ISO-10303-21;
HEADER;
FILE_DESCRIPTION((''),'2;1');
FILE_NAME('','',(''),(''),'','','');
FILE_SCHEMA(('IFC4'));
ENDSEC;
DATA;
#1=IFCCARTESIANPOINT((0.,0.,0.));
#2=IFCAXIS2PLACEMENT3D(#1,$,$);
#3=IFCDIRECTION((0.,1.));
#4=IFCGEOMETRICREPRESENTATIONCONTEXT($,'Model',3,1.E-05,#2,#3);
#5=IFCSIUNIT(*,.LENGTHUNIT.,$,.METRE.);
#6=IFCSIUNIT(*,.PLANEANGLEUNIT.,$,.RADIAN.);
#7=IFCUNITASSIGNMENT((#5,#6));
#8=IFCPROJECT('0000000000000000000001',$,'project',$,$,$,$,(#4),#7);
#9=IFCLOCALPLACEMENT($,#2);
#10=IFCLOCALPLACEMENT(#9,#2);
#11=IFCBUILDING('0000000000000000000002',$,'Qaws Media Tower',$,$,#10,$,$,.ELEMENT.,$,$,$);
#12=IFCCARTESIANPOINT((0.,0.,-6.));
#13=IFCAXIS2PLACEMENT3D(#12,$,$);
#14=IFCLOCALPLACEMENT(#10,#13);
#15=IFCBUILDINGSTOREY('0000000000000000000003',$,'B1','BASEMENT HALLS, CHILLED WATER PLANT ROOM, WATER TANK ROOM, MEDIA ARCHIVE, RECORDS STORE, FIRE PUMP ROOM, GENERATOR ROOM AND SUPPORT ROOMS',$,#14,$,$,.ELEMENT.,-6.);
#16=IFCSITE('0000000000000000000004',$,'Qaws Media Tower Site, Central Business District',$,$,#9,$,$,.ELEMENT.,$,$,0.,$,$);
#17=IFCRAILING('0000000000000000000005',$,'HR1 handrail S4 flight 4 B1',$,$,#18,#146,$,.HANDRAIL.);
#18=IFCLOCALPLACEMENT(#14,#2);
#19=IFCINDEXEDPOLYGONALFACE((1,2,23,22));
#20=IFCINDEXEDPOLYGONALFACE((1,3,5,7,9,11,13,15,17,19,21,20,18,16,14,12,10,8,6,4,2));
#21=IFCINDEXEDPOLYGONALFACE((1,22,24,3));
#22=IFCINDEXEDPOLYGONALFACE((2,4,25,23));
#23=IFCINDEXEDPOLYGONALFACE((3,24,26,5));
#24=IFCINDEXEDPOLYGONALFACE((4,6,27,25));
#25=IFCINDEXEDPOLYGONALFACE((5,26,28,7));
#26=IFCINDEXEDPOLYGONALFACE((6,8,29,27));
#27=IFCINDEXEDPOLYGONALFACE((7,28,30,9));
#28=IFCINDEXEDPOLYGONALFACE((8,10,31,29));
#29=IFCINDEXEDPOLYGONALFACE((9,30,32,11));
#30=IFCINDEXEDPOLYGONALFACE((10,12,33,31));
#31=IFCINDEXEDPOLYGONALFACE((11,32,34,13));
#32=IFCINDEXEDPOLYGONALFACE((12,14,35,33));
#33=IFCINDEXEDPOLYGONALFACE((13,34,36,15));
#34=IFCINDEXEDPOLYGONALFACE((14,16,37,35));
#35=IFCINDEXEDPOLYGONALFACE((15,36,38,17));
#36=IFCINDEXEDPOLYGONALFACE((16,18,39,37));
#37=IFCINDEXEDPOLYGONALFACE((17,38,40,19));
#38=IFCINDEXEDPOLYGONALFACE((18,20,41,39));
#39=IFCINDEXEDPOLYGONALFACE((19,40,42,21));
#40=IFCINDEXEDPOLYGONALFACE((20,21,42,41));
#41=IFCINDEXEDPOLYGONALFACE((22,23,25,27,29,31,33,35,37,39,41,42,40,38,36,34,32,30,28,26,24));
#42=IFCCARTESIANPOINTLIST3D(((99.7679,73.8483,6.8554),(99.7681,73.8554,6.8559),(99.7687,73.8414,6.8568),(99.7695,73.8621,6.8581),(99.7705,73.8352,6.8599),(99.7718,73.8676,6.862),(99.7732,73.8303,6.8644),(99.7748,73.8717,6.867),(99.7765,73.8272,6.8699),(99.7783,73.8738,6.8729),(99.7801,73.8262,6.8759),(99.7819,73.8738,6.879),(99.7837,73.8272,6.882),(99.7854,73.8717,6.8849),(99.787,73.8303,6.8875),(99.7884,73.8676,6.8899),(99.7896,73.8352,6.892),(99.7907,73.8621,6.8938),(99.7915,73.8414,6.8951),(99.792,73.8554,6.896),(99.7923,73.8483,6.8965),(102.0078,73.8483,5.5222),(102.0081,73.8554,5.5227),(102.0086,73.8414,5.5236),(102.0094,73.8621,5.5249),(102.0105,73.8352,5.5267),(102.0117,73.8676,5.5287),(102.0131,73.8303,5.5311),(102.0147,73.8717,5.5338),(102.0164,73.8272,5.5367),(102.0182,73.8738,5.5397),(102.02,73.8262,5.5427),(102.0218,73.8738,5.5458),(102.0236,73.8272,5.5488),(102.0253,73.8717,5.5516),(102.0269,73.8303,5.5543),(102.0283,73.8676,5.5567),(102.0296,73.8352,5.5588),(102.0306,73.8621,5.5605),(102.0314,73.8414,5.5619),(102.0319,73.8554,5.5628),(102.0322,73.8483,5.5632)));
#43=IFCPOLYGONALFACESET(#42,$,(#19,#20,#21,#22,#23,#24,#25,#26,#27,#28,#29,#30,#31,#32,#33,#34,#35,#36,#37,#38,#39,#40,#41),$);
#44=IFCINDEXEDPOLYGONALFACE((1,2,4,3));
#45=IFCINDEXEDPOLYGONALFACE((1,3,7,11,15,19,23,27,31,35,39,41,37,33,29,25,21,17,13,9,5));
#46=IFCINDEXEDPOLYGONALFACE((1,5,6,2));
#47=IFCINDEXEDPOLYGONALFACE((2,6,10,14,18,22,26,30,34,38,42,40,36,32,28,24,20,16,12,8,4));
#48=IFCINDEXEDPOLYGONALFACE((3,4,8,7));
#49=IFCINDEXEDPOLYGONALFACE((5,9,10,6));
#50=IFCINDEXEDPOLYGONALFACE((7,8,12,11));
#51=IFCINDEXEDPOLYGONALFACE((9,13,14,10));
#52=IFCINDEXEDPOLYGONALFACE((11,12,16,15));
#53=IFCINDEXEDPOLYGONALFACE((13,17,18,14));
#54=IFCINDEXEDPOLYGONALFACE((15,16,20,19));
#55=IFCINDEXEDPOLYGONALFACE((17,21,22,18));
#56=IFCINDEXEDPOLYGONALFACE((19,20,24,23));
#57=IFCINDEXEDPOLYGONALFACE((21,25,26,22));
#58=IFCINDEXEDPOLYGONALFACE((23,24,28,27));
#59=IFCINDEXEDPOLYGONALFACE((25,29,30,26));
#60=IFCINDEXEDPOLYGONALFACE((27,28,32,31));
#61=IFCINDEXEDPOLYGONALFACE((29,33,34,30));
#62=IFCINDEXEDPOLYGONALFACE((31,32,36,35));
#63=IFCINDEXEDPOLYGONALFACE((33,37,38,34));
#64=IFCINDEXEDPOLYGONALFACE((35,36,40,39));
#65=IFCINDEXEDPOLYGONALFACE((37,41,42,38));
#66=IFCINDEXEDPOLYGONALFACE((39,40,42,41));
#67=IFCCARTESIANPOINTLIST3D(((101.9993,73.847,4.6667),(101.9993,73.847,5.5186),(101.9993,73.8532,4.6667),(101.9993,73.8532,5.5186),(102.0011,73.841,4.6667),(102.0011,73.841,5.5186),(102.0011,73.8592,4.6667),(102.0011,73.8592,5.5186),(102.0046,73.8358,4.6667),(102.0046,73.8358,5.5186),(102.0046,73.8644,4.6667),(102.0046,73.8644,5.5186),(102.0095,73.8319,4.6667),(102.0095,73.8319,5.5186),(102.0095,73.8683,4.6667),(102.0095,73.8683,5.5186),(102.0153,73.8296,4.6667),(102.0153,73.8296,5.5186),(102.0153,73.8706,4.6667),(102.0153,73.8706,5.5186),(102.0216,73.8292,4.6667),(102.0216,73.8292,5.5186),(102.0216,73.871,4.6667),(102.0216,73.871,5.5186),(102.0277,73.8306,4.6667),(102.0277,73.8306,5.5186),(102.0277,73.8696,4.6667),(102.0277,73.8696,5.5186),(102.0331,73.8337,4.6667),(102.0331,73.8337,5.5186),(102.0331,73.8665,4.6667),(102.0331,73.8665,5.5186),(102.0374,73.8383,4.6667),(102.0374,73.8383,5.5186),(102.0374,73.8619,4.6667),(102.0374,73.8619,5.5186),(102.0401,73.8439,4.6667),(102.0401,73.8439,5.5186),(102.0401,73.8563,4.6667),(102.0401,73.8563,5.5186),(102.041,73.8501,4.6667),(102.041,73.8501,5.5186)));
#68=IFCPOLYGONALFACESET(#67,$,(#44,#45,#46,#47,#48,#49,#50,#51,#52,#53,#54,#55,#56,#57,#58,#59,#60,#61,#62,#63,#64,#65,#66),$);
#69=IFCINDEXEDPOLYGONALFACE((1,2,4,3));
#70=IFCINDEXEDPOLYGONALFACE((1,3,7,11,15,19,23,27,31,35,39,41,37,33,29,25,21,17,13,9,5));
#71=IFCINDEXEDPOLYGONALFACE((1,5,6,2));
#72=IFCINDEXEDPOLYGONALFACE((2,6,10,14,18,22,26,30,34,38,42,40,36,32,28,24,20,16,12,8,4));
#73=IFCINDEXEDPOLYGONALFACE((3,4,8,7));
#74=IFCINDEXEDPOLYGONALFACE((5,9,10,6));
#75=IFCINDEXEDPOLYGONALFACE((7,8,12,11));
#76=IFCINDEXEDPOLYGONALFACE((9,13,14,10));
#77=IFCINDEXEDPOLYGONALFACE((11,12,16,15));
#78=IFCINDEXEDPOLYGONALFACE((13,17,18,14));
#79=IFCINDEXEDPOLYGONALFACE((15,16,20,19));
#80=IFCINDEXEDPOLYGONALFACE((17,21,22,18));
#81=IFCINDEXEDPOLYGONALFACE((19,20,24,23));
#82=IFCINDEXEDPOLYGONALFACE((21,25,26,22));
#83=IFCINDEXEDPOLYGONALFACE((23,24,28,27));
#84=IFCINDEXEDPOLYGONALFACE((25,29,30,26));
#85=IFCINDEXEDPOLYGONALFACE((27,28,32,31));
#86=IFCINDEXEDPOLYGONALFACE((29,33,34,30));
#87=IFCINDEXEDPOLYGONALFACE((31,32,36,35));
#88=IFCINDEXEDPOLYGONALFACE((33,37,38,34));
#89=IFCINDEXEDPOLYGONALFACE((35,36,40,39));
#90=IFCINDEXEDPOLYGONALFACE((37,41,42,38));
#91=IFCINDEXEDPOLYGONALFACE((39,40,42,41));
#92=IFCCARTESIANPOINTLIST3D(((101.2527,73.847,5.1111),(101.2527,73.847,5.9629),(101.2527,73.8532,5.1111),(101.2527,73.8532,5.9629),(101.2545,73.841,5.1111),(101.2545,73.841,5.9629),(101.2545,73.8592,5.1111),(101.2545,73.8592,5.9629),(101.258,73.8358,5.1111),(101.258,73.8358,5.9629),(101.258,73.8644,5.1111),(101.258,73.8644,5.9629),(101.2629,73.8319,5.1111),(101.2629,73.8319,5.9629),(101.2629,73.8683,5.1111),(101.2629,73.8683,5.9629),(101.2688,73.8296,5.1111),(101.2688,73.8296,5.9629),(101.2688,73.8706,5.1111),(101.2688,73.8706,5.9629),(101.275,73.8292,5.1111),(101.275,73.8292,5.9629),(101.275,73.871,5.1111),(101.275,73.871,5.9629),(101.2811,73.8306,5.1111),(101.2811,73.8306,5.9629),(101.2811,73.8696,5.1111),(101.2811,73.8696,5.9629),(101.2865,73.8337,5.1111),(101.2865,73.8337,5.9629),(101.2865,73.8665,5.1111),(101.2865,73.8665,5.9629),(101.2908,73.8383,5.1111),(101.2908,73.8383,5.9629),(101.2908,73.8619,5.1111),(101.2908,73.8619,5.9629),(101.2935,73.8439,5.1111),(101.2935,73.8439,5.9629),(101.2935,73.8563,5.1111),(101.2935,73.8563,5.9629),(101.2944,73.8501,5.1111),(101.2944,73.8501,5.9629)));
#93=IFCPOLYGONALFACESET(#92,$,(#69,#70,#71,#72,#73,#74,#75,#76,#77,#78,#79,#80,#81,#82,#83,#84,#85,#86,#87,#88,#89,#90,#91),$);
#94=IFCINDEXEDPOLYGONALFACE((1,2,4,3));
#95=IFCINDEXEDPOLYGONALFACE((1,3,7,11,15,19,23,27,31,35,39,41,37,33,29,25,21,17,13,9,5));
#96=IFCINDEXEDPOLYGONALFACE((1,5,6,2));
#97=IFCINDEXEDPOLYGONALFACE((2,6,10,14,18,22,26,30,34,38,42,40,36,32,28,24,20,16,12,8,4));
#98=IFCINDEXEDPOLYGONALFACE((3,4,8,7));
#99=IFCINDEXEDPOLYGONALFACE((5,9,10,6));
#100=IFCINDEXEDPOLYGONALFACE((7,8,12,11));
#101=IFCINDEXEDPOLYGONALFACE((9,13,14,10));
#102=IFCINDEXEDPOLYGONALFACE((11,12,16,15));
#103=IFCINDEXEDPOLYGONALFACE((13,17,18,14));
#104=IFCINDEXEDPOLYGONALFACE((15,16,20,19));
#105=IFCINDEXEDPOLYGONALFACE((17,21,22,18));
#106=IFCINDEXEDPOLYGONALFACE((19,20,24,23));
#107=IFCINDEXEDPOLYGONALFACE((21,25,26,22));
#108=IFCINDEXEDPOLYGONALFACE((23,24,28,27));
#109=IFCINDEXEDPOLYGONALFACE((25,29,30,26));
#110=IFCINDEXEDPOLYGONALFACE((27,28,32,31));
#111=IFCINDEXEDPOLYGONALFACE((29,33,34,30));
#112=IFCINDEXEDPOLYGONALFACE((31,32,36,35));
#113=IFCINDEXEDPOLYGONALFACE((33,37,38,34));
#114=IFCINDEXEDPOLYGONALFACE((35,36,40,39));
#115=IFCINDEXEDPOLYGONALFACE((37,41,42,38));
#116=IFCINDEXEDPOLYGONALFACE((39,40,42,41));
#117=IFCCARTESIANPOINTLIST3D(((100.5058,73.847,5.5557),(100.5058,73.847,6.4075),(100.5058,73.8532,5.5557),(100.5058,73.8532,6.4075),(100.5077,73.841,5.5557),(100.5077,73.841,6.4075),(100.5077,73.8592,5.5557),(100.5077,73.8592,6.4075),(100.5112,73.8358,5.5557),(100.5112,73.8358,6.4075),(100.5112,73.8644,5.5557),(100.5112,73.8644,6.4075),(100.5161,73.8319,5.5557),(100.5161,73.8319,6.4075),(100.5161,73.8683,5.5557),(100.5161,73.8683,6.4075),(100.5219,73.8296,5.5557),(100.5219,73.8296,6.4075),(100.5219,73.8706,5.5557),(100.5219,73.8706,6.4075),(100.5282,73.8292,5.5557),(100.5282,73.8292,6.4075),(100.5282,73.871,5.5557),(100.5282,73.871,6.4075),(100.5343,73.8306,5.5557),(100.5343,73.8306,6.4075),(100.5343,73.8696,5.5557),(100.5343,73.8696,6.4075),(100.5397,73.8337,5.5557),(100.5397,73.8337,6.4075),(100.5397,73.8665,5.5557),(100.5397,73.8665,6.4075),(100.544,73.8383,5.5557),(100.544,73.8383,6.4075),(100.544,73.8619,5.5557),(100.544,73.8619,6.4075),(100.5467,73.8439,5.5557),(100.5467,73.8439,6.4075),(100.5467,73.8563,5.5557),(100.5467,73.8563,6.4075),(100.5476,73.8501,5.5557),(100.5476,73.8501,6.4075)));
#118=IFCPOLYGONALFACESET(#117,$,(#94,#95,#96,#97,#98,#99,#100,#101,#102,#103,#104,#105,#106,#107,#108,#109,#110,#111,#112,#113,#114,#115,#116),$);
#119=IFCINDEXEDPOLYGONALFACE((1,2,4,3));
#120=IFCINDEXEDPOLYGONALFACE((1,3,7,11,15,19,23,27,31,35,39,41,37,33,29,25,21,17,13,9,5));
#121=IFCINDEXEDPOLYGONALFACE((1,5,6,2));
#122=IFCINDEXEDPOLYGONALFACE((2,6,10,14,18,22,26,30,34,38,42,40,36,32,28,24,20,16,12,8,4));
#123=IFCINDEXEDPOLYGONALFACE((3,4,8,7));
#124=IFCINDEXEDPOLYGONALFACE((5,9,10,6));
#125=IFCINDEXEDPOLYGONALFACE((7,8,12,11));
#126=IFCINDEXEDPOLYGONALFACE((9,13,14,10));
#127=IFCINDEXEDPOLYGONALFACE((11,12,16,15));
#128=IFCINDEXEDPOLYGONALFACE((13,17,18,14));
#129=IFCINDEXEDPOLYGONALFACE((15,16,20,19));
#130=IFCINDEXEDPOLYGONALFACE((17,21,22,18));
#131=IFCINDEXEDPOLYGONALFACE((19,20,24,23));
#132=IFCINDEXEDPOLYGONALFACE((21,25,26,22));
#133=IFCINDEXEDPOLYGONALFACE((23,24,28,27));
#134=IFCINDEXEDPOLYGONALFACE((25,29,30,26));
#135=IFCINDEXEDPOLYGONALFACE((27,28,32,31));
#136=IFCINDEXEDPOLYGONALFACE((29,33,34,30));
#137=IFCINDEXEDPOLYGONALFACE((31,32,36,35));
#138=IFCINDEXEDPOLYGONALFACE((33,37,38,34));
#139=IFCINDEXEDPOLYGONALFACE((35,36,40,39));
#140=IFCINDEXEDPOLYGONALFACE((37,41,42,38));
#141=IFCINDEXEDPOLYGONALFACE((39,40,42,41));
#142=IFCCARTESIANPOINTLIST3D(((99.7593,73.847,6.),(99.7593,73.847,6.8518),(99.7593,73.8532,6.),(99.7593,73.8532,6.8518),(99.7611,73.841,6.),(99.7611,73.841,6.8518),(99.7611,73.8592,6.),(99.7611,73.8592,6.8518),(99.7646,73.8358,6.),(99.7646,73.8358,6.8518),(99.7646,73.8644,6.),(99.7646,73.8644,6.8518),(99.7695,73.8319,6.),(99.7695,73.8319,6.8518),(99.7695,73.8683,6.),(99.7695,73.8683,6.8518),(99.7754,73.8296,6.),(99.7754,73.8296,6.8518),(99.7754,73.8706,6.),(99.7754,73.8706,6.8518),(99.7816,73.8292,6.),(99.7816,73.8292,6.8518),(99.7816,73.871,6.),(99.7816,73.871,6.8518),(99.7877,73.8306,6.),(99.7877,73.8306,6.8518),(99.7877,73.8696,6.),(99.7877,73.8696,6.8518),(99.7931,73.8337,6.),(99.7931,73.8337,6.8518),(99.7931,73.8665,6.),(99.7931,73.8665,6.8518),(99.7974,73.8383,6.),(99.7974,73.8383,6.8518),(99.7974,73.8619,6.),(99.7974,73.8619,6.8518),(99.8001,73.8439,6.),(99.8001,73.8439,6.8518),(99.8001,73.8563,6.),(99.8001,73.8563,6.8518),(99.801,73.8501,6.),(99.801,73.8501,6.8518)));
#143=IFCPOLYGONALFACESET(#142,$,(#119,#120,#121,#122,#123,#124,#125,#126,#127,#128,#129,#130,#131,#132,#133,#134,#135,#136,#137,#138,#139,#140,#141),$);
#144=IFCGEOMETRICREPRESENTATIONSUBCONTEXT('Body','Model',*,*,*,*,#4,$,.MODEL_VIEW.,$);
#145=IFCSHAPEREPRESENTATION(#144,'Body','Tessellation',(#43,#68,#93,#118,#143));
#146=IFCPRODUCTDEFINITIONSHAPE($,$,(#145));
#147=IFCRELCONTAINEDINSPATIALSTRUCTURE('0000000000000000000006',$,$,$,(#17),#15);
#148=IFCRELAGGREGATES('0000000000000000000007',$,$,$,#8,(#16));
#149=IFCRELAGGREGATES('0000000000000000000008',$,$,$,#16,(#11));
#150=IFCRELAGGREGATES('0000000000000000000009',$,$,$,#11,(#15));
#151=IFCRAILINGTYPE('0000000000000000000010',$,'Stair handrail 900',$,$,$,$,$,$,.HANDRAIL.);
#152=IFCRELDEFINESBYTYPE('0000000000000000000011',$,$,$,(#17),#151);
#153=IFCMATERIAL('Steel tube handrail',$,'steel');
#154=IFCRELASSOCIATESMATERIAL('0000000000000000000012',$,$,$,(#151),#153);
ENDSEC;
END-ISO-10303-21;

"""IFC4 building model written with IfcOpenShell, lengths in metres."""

from ifc_helpers import new_model, si_unit, direction, frame, origin, origin_2d, place, context, subcontext, project, spatial, circle, extrude, material, type_object, element, save


model = new_model("IFC4")

# Units and contexts
model_context = context("Model", 3, precision=1e-05, world=origin(), true_north=direction((0.0, 1.0)))
body_context = subcontext(model_context, "Body", "Model", "MODEL_VIEW")
ifc_project = project(units=[si_unit("LENGTHUNIT", "METRE"), si_unit("PLANEANGLEUNIT", "RADIAN")], contexts=[model_context])

# Site, building, storey
site_placement = place(None, origin())
site = spatial("IfcSite", under=ifc_project, at=site_placement, Name="Qaws Media Tower Site, Central Business District", CompositionType="ELEMENT", RefElevation=0.0)
building_placement = place(site_placement, origin())
building = spatial("IfcBuilding", under=site, at=building_placement, Name="Qaws Media Tower", CompositionType="ELEMENT")
storey_placement = place(building_placement, frame((0.0, 0.0, -6.0)))
storey = spatial("IfcBuildingStorey", under=building, at=storey_placement, Name="B1", Description="BASEMENT HALLS, CHILLED WATER PLANT ROOM, WATER TANK ROOM, MEDIA ARCHIVE, RECORDS STORE, FIRE PUMP ROOM, GENERATOR ROOM AND SUPPORT ROOMS", CompositionType="ELEMENT", Elevation=-6.0)

# Railing
ifc_material_1 = material(Name="Steel tube handrail", Category="steel")
railing_type = type_object("IfcRailingType", Name="Stair handrail 900", PredefinedType="HANDRAIL", material=ifc_material_1)
for number, where, name in (
    (1, (102.02, 73.8501, 4.6667), "HR1 handrail S4 flight 4 B1"),
):
    element("IfcRailing", number, at=place(storey_placement, frame(where)), inside=storey, type_object=railing_type, Name=name, PredefinedType="HANDRAIL", context=body_context, shape_type="SweptSolid", body=[
        extrude(circle(Radius=0.0239, at=origin_2d()), frame((0.0, 0.0, 0.876), z_axis=(-0.859306, 0.0, 0.511462), x_axis=(0.0, -1.0, 0.0)), (0.0, 0.0, 1.0), 2.6067),
        extrude(circle(Radius=0.021, at=origin_2d()), origin(), (0.0, 0.0, 1.0), 0.8518),
        extrude(circle(Radius=0.021, at=origin_2d()), frame((-0.7466, 0.0, 0.4443)), (0.0, 0.0, 1.0), 0.8518),
        extrude(circle(Radius=0.021, at=origin_2d()), frame((-1.4934, 0.0, 0.8889)), (0.0, 0.0, 1.0), 0.8518),
        extrude(circle(Radius=0.021, at=origin_2d()), frame((-2.24, 0.0, 1.3333)), (0.0, 0.0, 1.0), 0.8518),
    ])

save(model, "model.ifc")
